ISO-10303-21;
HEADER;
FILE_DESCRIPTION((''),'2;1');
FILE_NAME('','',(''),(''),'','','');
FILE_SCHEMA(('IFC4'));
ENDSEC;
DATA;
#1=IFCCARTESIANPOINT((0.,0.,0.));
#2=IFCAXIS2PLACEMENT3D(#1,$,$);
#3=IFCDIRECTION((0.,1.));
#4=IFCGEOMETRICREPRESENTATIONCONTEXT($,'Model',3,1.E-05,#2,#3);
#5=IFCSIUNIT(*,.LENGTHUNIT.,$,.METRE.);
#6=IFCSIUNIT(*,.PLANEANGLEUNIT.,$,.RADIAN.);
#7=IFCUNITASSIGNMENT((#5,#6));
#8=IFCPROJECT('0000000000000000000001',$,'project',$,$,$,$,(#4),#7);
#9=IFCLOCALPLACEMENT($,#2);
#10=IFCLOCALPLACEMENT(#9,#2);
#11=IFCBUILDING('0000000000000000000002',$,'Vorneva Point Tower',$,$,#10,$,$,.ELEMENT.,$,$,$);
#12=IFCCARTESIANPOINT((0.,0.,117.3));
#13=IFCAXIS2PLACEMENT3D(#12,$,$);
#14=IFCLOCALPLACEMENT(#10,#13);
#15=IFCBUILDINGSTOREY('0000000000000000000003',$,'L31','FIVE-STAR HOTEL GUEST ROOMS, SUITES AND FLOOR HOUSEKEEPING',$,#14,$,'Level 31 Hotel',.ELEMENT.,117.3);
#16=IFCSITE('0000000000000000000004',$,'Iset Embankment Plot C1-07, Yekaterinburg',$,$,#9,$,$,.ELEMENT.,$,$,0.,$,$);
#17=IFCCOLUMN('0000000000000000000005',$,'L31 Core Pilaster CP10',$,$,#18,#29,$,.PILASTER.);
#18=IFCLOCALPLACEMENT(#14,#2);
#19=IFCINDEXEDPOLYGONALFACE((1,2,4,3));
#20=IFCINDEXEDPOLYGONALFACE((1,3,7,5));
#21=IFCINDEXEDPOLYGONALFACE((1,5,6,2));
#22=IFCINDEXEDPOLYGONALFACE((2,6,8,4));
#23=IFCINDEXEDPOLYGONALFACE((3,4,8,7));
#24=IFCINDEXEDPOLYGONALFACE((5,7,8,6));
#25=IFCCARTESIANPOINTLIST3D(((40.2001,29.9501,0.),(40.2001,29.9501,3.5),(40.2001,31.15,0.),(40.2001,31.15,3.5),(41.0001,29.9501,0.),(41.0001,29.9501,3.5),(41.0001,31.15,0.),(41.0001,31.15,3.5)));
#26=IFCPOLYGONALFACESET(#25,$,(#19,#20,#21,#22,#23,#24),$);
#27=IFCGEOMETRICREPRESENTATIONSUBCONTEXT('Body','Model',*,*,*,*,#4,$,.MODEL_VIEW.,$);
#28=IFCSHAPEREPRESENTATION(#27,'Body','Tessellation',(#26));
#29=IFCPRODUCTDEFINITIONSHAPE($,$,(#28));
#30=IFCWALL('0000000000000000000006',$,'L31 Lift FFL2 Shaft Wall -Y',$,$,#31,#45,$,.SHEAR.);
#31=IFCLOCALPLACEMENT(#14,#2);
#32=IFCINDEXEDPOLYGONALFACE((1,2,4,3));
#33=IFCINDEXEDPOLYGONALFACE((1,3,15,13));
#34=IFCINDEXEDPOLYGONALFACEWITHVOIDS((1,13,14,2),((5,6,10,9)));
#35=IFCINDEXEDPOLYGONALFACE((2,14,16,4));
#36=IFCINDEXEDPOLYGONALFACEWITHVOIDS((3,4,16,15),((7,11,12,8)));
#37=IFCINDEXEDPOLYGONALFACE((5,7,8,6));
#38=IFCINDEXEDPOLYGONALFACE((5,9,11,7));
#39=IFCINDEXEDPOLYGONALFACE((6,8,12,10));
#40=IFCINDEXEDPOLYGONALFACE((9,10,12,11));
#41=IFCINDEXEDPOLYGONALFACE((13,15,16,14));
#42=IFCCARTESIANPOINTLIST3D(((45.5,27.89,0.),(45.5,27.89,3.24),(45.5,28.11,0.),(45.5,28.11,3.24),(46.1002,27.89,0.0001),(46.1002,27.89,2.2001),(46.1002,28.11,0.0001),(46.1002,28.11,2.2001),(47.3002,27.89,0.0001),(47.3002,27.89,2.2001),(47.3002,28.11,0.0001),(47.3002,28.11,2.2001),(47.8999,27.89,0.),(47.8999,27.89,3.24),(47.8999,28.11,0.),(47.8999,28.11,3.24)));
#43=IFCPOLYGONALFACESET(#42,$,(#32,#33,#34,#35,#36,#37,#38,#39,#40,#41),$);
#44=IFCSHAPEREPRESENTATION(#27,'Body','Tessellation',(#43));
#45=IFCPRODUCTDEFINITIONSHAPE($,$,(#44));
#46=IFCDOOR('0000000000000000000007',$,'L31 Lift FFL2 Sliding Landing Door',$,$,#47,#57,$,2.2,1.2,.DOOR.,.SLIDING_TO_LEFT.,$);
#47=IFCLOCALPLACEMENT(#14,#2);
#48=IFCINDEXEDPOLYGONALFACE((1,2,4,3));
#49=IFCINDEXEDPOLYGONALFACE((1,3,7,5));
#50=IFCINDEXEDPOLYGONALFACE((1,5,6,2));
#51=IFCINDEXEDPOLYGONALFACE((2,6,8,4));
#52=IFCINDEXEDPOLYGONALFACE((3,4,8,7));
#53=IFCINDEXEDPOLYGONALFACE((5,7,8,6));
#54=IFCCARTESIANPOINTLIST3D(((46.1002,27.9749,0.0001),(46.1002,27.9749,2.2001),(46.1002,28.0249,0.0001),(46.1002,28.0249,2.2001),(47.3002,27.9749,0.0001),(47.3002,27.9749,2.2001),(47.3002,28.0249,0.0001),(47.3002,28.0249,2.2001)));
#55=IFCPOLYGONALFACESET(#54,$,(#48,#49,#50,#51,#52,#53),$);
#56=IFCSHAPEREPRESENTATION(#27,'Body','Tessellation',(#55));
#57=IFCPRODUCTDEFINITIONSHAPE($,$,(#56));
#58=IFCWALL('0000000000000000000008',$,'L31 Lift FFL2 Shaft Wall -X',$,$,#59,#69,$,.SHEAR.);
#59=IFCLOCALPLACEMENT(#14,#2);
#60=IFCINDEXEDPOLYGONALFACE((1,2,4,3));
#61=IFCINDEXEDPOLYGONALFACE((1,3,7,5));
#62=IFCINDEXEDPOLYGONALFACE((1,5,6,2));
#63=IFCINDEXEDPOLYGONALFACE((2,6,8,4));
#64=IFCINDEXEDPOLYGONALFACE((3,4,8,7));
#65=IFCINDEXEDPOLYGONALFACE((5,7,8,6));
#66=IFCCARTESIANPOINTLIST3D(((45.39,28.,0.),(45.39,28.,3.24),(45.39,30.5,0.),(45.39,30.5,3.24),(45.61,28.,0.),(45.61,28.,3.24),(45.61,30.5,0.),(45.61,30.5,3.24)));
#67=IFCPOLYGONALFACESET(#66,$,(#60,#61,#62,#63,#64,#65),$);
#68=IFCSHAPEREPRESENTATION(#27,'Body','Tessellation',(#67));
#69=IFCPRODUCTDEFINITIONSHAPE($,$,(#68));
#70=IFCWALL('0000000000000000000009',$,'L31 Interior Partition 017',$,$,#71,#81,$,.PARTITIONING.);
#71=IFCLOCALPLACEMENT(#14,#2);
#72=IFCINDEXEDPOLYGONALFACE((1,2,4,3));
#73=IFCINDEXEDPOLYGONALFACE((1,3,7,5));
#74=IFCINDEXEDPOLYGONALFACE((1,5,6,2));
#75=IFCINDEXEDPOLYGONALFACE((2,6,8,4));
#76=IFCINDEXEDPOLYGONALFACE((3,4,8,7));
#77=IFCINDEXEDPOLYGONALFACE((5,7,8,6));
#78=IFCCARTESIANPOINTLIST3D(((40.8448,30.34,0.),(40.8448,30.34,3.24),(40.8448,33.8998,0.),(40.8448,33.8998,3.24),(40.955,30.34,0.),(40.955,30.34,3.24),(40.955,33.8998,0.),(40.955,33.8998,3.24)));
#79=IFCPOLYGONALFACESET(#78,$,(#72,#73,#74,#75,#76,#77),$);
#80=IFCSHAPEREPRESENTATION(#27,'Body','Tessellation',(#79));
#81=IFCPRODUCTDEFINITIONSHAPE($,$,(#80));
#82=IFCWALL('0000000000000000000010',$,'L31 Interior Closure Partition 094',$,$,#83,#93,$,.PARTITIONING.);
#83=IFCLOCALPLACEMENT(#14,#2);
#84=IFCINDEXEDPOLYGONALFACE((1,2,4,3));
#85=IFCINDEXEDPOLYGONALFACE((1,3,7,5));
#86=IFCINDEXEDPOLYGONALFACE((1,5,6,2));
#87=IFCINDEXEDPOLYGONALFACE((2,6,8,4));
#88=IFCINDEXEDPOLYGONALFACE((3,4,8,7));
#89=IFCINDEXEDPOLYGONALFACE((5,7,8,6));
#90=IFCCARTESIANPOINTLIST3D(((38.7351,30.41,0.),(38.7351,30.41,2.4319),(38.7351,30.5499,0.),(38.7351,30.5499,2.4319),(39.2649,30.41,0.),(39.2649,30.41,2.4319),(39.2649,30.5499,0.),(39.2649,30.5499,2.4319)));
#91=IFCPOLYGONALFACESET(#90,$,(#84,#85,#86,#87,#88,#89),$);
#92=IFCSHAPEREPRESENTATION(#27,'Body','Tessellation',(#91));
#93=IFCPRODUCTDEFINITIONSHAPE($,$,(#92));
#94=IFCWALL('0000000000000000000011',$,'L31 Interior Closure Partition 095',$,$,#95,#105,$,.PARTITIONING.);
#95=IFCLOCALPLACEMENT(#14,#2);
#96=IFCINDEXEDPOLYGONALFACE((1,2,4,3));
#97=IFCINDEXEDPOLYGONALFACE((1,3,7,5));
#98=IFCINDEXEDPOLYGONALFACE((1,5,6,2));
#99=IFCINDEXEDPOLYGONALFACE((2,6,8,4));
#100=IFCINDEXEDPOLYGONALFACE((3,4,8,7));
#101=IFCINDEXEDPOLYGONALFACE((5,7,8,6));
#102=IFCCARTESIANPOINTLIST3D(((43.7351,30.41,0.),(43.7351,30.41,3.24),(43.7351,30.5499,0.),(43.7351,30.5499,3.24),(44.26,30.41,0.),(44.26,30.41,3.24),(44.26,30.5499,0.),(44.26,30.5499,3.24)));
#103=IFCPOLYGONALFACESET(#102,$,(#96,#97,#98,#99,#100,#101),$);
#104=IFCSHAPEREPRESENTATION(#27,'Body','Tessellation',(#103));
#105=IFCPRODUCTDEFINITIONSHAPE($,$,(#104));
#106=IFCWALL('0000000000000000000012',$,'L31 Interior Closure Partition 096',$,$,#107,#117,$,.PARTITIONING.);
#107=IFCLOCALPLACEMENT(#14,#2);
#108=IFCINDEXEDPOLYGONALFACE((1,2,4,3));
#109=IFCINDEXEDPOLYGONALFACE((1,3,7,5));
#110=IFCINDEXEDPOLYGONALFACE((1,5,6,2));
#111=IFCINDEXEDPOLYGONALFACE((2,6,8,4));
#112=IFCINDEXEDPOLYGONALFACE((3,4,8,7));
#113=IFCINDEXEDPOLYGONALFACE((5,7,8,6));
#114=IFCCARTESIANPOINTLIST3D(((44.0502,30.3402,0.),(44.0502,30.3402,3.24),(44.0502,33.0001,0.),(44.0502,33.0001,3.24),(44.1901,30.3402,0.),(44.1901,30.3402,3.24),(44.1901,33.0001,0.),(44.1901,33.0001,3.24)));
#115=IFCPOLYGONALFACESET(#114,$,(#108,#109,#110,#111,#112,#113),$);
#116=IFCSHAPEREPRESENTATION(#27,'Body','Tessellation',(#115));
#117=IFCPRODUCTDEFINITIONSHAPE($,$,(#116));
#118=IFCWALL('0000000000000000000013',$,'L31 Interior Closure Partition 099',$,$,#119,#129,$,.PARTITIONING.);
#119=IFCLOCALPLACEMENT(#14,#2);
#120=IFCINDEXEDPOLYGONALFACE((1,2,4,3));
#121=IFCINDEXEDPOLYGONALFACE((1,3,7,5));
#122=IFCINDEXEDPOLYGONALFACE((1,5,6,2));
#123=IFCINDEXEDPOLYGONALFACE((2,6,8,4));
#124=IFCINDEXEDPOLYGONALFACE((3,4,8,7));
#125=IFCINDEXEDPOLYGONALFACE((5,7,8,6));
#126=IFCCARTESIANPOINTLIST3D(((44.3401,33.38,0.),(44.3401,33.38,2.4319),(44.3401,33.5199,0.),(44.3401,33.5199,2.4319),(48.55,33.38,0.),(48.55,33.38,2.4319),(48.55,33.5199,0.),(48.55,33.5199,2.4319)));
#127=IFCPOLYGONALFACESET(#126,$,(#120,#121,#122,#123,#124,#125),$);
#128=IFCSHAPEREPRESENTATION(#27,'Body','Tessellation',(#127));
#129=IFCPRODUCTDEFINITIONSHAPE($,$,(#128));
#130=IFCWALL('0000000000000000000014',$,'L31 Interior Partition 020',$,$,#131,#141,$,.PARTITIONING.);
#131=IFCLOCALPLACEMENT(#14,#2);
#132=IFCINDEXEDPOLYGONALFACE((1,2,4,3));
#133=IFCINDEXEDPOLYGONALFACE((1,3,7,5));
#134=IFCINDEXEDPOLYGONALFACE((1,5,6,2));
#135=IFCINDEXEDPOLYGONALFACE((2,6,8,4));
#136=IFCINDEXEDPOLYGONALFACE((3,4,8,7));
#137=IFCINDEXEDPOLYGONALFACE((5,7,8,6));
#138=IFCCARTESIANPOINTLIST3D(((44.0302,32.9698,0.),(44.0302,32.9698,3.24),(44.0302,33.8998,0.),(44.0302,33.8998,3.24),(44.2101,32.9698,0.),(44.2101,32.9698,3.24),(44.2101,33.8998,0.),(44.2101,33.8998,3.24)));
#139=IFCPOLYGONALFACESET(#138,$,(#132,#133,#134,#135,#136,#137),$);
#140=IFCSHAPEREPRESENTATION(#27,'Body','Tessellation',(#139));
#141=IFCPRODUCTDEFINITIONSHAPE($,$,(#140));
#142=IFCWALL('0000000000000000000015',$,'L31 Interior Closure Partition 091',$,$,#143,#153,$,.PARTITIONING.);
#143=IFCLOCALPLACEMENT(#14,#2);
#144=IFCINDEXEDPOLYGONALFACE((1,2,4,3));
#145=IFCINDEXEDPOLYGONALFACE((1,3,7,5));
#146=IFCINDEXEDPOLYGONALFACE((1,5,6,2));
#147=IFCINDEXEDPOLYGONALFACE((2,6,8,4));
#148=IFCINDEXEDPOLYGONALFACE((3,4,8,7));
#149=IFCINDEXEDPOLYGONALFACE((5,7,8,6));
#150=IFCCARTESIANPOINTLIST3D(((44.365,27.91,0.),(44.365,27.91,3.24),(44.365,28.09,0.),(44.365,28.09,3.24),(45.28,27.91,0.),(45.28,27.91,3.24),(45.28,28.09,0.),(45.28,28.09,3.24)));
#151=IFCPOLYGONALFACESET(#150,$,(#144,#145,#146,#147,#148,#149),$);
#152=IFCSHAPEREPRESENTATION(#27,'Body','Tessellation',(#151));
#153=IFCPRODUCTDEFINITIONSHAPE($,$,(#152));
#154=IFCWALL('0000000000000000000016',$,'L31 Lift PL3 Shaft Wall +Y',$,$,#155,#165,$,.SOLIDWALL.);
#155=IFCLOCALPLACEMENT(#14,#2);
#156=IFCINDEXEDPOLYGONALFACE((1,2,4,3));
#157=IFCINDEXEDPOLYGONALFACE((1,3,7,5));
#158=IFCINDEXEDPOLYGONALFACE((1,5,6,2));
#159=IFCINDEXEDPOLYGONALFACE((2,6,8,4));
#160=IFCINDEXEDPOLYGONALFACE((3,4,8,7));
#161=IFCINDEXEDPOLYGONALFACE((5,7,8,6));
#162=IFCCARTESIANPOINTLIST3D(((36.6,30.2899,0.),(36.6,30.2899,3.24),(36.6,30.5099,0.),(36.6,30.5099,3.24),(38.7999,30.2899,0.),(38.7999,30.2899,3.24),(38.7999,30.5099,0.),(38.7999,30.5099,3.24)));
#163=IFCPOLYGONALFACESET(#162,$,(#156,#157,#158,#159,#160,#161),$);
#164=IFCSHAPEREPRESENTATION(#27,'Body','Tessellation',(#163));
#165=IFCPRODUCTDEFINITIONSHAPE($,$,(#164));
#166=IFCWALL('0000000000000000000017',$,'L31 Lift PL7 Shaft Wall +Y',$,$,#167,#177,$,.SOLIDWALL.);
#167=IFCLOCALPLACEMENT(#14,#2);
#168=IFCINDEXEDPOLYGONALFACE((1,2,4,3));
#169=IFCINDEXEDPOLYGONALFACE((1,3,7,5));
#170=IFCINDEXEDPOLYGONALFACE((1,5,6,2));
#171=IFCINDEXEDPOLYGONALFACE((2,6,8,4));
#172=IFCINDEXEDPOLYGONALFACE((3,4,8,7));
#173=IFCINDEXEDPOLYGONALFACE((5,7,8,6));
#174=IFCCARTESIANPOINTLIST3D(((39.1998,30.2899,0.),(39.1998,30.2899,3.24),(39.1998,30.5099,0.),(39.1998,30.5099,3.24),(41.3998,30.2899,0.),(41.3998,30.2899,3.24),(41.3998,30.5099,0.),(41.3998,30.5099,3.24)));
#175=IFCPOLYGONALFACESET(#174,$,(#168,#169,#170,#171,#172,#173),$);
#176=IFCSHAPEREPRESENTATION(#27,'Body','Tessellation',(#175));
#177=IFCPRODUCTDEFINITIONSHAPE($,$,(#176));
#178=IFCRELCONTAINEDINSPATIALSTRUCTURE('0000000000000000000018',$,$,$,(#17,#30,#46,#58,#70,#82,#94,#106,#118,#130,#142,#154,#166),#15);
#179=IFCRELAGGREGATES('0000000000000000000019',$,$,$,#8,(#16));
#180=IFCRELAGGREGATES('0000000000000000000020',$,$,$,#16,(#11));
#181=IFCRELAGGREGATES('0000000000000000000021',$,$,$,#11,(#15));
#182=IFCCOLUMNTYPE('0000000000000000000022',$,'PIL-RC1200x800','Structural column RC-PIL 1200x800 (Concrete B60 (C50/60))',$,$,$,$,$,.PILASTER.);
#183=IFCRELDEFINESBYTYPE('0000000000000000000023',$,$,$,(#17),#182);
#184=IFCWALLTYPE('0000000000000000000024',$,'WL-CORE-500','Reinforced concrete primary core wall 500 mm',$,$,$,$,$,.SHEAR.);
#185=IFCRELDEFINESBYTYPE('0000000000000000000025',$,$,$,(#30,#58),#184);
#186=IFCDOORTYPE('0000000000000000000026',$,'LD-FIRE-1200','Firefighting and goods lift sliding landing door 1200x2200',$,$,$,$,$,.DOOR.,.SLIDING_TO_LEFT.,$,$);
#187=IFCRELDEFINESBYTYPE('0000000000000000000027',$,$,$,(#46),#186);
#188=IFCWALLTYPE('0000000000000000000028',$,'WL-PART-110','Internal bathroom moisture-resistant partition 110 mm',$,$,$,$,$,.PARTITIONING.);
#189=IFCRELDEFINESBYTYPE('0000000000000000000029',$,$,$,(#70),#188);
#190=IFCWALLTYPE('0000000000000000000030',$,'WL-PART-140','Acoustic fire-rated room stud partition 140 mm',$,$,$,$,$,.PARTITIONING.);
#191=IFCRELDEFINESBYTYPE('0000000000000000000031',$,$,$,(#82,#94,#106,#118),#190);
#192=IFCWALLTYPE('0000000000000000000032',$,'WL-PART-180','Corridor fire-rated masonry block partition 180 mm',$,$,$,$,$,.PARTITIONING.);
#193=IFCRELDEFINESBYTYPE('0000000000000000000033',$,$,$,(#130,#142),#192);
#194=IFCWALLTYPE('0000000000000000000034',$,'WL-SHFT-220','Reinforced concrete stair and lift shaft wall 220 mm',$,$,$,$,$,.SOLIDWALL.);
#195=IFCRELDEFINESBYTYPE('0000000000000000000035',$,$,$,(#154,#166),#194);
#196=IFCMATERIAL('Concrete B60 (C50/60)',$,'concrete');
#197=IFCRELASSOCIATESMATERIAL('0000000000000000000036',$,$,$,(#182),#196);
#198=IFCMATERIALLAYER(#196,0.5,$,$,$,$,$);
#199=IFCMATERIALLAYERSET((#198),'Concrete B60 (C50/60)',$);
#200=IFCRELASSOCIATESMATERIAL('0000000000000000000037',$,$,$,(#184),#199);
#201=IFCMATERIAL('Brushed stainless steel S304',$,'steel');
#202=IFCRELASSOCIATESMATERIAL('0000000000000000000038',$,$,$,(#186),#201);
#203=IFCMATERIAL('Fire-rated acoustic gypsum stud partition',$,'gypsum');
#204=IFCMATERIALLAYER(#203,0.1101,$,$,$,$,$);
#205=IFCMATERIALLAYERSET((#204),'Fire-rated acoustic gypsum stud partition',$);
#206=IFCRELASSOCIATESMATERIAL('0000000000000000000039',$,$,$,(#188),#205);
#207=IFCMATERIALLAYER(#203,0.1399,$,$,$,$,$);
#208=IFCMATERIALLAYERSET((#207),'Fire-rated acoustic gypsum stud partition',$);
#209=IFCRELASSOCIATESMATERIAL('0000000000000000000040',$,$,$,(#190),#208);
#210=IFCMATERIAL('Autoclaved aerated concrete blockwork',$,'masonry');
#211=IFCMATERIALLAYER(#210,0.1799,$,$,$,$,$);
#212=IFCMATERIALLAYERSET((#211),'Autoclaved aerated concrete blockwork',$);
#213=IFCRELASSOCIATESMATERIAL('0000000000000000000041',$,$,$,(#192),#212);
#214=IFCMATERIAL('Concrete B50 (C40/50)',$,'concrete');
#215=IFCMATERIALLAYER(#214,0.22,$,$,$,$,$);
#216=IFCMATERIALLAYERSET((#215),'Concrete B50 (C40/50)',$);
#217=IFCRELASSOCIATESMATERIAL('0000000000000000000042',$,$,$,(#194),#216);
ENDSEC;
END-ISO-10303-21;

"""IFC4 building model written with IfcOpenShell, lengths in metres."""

from ifc_helpers import new_model, si_unit, direction, frame, frame_2d, origin, origin_2d, place, context, subcontext, project, spatial, rectangle, extrude, material, layer, layer_set, material_profile, profile_set, type_object, element, fill, save


model = new_model("IFC4")

# Units and contexts
model_context = context("Model", 3, precision=1e-05, world=origin(), true_north=direction((0.0, 1.0)))
body_context = subcontext(model_context, "Body", "Model", "MODEL_VIEW")
ifc_project = project(units=[si_unit("LENGTHUNIT", "METRE"), si_unit("PLANEANGLEUNIT", "RADIAN")], contexts=[model_context])

# Site, building, storey
site_placement = place(None, origin())
site = spatial("IfcSite", under=ifc_project, at=site_placement, Name="Iset Embankment Plot C1-07, Yekaterinburg", CompositionType="ELEMENT", RefElevation=0.0)
building_placement = place(site_placement, origin())
building = spatial("IfcBuilding", under=site, at=building_placement, Name="Vorneva Point Tower", CompositionType="ELEMENT")
storey_placement = place(building_placement, frame((0.0, 0.0, 117.3)))
storey = spatial("IfcBuildingStorey", under=building, at=storey_placement, Name="L31", Description="FIVE-STAR HOTEL GUEST ROOMS, SUITES AND FLOOR HOUSEKEEPING", LongName="Level 31 Hotel", CompositionType="ELEMENT", Elevation=117.3)

# Column
ifc_material_1 = material(Name="Concrete B60 (C50/60)", Category="concrete")
ifc_material_profile = material_profile(ifc_material_1, rectangle(XDim=0.8, YDim=1.2, at=origin_2d()), Name="RC-PIL 1200x800")
ifc_profile_set = profile_set([ifc_material_profile], Name="Concrete B60 (C50/60)")
column_type = type_object("IfcColumnType", Name="PIL-RC1200x800", Description="Structural column RC-PIL 1200x800 (Concrete B60 (C50/60))", PredefinedType="PILASTER", material=ifc_profile_set)
column_placement = place(storey_placement, frame((40.6001, 30.55, 0.0), z_axis=(0.0, 0.0, 1.0), x_axis=(1.0, 0.0, 0.0)))
element("IfcColumn", 1, at=column_placement, inside=storey, type_object=column_type, Name="L31 Core Pilaster CP10", PredefinedType="PILASTER", context=body_context, shape_type="SweptSolid", body=[
    extrude(rectangle(XDim=0.8, YDim=1.2, at=origin_2d()), origin(), (0.0, 0.0, 1.0), 3.5),
])

# Wall, opening, door
ifc_layer_1 = layer(ifc_material_1, 0.5)
ifc_layer_set_1 = layer_set([ifc_layer_1], Name="Concrete B60 (C50/60)")
wall_type_1 = type_object("IfcWallType", Name="WL-CORE-500", Description="Reinforced concrete primary core wall 500 mm", PredefinedType="SHEAR", material=ifc_layer_set_1)
wall_1_placement = place(storey_placement, frame((45.5, 28.0, 0.0), z_axis=(0.0, 0.0, 1.0), x_axis=(1.0, 0.0, 0.0)))
wall_1 = element("IfcWall", 2, at=wall_1_placement, inside=storey, type_object=wall_type_1, Name="L31 Lift FFL2 Shaft Wall -Y", PredefinedType="SHEAR", context=body_context, shape_type="SweptSolid", body=[
    extrude(rectangle(XDim=2.3999, YDim=0.22, at=frame_2d((1.2, 0.0))), origin(), (0.0, 0.0, 1.0), 3.24),
])
opening_1_placement = place(wall_1_placement, frame((0.6001, 0.0, 0.0)))
opening_1 = element("IfcOpeningElement", 3, at=opening_1_placement, cuts=wall_1, PredefinedType="OPENING", context=body_context, shape_type="SweptSolid", body=[
    extrude(rectangle(XDim=1.2, YDim=2.2, at=frame_2d((0.6001, 1.1001))), frame((0.0, 0.125, 0.0), z_axis=(0.0, -1.0, 0.0), x_axis=(1.0, 0.0, 0.0)), (0.0, 0.0, 1.0), 0.2498),
])
ifc_material_2 = material(Name="Brushed stainless steel S304", Category="steel")
door_type_1 = type_object("IfcDoorType", Name="LD-FIRE-1200", Description="Firefighting and goods lift sliding landing door 1200x2200", OperationType="SLIDING_TO_LEFT", PredefinedType="DOOR", material=ifc_material_2)
door_1_placement = place(opening_1_placement, origin())
door_1 = element("IfcDoor", 4, at=door_1_placement, inside=storey, type_object=door_type_1, Name="L31 Lift FFL2 Sliding Landing Door", OperationType="SLIDING_TO_LEFT", OverallHeight=2.2, OverallWidth=1.2, PredefinedType="DOOR", context=body_context, shape_type="SweptSolid", body=[
    extrude(rectangle(XDim=1.2, YDim=2.2, at=frame_2d((0.6001, 1.1001))), frame((0.0, 0.0249, 0.0), z_axis=(0.0, -1.0, 0.0), x_axis=(1.0, 0.0, 0.0)), (0.0, 0.0, 1.0), 0.05),
])
fill(opening_1, door_1)

# Walls
wall_2_placement = place(storey_placement, frame((45.5, 30.5, 0.0), z_axis=(0.0, 0.0, 1.0), x_axis=(0.0, -1.0, 0.0)))
element("IfcWall", 5, at=wall_2_placement, inside=storey, type_object=wall_type_1, Name="L31 Lift FFL2 Shaft Wall -X", PredefinedType="SHEAR", context=body_context, shape_type="SweptSolid", body=[
    extrude(rectangle(XDim=2.5, YDim=0.22, at=frame_2d((1.25, 0.0))), origin(), (0.0, 0.0, 1.0), 3.24),
])
ifc_material_3 = material(Name="Fire-rated acoustic gypsum stud partition", Category="gypsum")
ifc_layer_2 = layer(ifc_material_3, 0.1101)
ifc_layer_set_2 = layer_set([ifc_layer_2], Name="Fire-rated acoustic gypsum stud partition")
wall_type_2 = type_object("IfcWallType", Name="WL-PART-110", Description="Internal bathroom moisture-resistant partition 110 mm", PredefinedType="PARTITIONING", material=ifc_layer_set_2)
wall_3_placement = place(storey_placement, frame((40.8999, 30.3401, 0.0), z_axis=(0.0, 0.0, 1.0), x_axis=(0.0, 1.0, 0.0)))
element("IfcWall", 6, at=wall_3_placement, inside=storey, type_object=wall_type_2, Name="L31 Interior Partition 017", PredefinedType="PARTITIONING", context=body_context, shape_type="SweptSolid", body=[
    extrude(rectangle(XDim=3.5598, YDim=0.1101, at=frame_2d((1.7798, 0.0))), origin(), (0.0, 0.0, 1.0), 3.24),
])
ifc_layer_3 = layer(ifc_material_3, 0.1399)
ifc_layer_set_3 = layer_set([ifc_layer_3], Name="Fire-rated acoustic gypsum stud partition")
wall_type_3 = type_object("IfcWallType", Name="WL-PART-140", Description="Acoustic fire-rated room stud partition 140 mm", PredefinedType="PARTITIONING", material=ifc_layer_set_3)
wall_4_placement = place(storey_placement, frame((38.7351, 30.48, 0.0), z_axis=(0.0, 0.0, 1.0), x_axis=(1.0, 0.0, 0.0)))
element("IfcWall", 7, at=wall_4_placement, inside=storey, type_object=wall_type_3, Name="L31 Interior Closure Partition 094", PredefinedType="PARTITIONING", context=body_context, shape_type="SweptSolid", body=[
    extrude(rectangle(XDim=0.5298, YDim=0.1399, at=frame_2d((0.2649, 0.0))), origin(), (0.0, 0.0, 1.0), 2.4319),
])
wall_5_placement = place(storey_placement, frame((43.7351, 30.48, 0.0), z_axis=(0.0, 0.0, 1.0), x_axis=(1.0, 0.0, 0.0)))
element("IfcWall", 8, at=wall_5_placement, inside=storey, type_object=wall_type_3, Name="L31 Interior Closure Partition 095", PredefinedType="PARTITIONING", context=body_context, shape_type="SweptSolid", body=[
    extrude(rectangle(XDim=0.5249, YDim=0.1399, at=frame_2d((0.2625, 0.0))), origin(), (0.0, 0.0, 1.0), 3.24),
])
wall_6_placement = place(storey_placement, frame((44.1201, 30.3401, 0.0), z_axis=(0.0, 0.0, 1.0), x_axis=(0.0, 1.0, 0.0)))
element("IfcWall", 9, at=wall_6_placement, inside=storey, type_object=wall_type_3, Name="L31 Interior Closure Partition 096", PredefinedType="PARTITIONING", context=body_context, shape_type="SweptSolid", body=[
    extrude(rectangle(XDim=2.6599, YDim=0.1399, at=frame_2d((1.3301, 0.0))), origin(), (0.0, 0.0, 1.0), 3.24),
])
wall_7_placement = place(storey_placement, frame((44.3401, 33.45, 0.0), z_axis=(0.0, 0.0, 1.0), x_axis=(1.0, 0.0, 0.0)))
element("IfcWall", 10, at=wall_7_placement, inside=storey, type_object=wall_type_3, Name="L31 Interior Closure Partition 099", PredefinedType="PARTITIONING", context=body_context, shape_type="SweptSolid", body=[
    extrude(rectangle(XDim=4.21, YDim=0.1399, at=frame_2d((2.105, 0.0))), origin(), (0.0, 0.0, 1.0), 2.4319),
])

# Shared definitions
ifc_material_4 = material(Name="Autoclaved aerated concrete blockwork", Category="masonry")
ifc_layer_4 = layer(ifc_material_4, 0.1799)
ifc_layer_set_4 = layer_set([ifc_layer_4], Name="Autoclaved aerated concrete blockwork")
wall_type_4 = type_object("IfcWallType", Name="WL-PART-180", Description="Corridor fire-rated masonry block partition 180 mm", PredefinedType="PARTITIONING", material=ifc_layer_set_4)

# Walls
wall_8_placement = place(storey_placement, frame((44.1201, 32.97, 0.0), z_axis=(0.0, 0.0, 1.0), x_axis=(0.0, 1.0, 0.0)))
element("IfcWall", 11, at=wall_8_placement, inside=storey, type_object=wall_type_4, Name="L31 Interior Partition 020", PredefinedType="PARTITIONING", context=body_context, shape_type="SweptSolid", body=[
    extrude(rectangle(XDim=0.9299, YDim=0.1799, at=frame_2d((0.4648, 0.0))), origin(), (0.0, 0.0, 1.0), 3.24),
])
wall_9_placement = place(storey_placement, frame((45.28, 28.0, 0.0), z_axis=(0.0, 0.0, 1.0), x_axis=(-1.0, 0.0, 0.0)))
element("IfcWall", 12, at=wall_9_placement, inside=storey, type_object=wall_type_4, Name="L31 Interior Closure Partition 091", PredefinedType="PARTITIONING", context=body_context, shape_type="SweptSolid", body=[
    extrude(rectangle(XDim=0.915, YDim=0.1799, at=frame_2d((0.4575, 0.0))), origin(), (0.0, 0.0, 1.0), 3.24),
])
ifc_material_5 = material(Name="Concrete B50 (C40/50)", Category="concrete")
ifc_layer_5 = layer(ifc_material_5, 0.22)
ifc_layer_set_5 = layer_set([ifc_layer_5], Name="Concrete B50 (C40/50)")
wall_type_5 = type_object("IfcWallType", Name="WL-SHFT-220", Description="Reinforced concrete stair and lift shaft wall 220 mm", PredefinedType="SOLIDWALL", material=ifc_layer_set_5)
for number, where, z_axis, x_axis, name in (
    (13, (38.8, 30.3999, 0.0), (0.0, 0.0, 1.0), (-1.0, 0.0, 0.0), "L31 Lift PL3 Shaft Wall +Y"),
    (14, (41.3999, 30.3999, 0.0), (0.0, 0.0, 1.0), (-1.0, 0.0, 0.0), "L31 Lift PL7 Shaft Wall +Y"),
):
    element("IfcWall", number, at=place(storey_placement, frame(where, z_axis=z_axis, x_axis=x_axis)), inside=storey, type_object=wall_type_5, Name=name, PredefinedType="SOLIDWALL", context=body_context, shape_type="SweptSolid", body=[
        extrude(rectangle(XDim=2.2, YDim=0.22, at=frame_2d((1.1001, 0.0))), origin(), (0.0, 0.0, 1.0), 3.24),
    ])

save(model, "model.ifc")
